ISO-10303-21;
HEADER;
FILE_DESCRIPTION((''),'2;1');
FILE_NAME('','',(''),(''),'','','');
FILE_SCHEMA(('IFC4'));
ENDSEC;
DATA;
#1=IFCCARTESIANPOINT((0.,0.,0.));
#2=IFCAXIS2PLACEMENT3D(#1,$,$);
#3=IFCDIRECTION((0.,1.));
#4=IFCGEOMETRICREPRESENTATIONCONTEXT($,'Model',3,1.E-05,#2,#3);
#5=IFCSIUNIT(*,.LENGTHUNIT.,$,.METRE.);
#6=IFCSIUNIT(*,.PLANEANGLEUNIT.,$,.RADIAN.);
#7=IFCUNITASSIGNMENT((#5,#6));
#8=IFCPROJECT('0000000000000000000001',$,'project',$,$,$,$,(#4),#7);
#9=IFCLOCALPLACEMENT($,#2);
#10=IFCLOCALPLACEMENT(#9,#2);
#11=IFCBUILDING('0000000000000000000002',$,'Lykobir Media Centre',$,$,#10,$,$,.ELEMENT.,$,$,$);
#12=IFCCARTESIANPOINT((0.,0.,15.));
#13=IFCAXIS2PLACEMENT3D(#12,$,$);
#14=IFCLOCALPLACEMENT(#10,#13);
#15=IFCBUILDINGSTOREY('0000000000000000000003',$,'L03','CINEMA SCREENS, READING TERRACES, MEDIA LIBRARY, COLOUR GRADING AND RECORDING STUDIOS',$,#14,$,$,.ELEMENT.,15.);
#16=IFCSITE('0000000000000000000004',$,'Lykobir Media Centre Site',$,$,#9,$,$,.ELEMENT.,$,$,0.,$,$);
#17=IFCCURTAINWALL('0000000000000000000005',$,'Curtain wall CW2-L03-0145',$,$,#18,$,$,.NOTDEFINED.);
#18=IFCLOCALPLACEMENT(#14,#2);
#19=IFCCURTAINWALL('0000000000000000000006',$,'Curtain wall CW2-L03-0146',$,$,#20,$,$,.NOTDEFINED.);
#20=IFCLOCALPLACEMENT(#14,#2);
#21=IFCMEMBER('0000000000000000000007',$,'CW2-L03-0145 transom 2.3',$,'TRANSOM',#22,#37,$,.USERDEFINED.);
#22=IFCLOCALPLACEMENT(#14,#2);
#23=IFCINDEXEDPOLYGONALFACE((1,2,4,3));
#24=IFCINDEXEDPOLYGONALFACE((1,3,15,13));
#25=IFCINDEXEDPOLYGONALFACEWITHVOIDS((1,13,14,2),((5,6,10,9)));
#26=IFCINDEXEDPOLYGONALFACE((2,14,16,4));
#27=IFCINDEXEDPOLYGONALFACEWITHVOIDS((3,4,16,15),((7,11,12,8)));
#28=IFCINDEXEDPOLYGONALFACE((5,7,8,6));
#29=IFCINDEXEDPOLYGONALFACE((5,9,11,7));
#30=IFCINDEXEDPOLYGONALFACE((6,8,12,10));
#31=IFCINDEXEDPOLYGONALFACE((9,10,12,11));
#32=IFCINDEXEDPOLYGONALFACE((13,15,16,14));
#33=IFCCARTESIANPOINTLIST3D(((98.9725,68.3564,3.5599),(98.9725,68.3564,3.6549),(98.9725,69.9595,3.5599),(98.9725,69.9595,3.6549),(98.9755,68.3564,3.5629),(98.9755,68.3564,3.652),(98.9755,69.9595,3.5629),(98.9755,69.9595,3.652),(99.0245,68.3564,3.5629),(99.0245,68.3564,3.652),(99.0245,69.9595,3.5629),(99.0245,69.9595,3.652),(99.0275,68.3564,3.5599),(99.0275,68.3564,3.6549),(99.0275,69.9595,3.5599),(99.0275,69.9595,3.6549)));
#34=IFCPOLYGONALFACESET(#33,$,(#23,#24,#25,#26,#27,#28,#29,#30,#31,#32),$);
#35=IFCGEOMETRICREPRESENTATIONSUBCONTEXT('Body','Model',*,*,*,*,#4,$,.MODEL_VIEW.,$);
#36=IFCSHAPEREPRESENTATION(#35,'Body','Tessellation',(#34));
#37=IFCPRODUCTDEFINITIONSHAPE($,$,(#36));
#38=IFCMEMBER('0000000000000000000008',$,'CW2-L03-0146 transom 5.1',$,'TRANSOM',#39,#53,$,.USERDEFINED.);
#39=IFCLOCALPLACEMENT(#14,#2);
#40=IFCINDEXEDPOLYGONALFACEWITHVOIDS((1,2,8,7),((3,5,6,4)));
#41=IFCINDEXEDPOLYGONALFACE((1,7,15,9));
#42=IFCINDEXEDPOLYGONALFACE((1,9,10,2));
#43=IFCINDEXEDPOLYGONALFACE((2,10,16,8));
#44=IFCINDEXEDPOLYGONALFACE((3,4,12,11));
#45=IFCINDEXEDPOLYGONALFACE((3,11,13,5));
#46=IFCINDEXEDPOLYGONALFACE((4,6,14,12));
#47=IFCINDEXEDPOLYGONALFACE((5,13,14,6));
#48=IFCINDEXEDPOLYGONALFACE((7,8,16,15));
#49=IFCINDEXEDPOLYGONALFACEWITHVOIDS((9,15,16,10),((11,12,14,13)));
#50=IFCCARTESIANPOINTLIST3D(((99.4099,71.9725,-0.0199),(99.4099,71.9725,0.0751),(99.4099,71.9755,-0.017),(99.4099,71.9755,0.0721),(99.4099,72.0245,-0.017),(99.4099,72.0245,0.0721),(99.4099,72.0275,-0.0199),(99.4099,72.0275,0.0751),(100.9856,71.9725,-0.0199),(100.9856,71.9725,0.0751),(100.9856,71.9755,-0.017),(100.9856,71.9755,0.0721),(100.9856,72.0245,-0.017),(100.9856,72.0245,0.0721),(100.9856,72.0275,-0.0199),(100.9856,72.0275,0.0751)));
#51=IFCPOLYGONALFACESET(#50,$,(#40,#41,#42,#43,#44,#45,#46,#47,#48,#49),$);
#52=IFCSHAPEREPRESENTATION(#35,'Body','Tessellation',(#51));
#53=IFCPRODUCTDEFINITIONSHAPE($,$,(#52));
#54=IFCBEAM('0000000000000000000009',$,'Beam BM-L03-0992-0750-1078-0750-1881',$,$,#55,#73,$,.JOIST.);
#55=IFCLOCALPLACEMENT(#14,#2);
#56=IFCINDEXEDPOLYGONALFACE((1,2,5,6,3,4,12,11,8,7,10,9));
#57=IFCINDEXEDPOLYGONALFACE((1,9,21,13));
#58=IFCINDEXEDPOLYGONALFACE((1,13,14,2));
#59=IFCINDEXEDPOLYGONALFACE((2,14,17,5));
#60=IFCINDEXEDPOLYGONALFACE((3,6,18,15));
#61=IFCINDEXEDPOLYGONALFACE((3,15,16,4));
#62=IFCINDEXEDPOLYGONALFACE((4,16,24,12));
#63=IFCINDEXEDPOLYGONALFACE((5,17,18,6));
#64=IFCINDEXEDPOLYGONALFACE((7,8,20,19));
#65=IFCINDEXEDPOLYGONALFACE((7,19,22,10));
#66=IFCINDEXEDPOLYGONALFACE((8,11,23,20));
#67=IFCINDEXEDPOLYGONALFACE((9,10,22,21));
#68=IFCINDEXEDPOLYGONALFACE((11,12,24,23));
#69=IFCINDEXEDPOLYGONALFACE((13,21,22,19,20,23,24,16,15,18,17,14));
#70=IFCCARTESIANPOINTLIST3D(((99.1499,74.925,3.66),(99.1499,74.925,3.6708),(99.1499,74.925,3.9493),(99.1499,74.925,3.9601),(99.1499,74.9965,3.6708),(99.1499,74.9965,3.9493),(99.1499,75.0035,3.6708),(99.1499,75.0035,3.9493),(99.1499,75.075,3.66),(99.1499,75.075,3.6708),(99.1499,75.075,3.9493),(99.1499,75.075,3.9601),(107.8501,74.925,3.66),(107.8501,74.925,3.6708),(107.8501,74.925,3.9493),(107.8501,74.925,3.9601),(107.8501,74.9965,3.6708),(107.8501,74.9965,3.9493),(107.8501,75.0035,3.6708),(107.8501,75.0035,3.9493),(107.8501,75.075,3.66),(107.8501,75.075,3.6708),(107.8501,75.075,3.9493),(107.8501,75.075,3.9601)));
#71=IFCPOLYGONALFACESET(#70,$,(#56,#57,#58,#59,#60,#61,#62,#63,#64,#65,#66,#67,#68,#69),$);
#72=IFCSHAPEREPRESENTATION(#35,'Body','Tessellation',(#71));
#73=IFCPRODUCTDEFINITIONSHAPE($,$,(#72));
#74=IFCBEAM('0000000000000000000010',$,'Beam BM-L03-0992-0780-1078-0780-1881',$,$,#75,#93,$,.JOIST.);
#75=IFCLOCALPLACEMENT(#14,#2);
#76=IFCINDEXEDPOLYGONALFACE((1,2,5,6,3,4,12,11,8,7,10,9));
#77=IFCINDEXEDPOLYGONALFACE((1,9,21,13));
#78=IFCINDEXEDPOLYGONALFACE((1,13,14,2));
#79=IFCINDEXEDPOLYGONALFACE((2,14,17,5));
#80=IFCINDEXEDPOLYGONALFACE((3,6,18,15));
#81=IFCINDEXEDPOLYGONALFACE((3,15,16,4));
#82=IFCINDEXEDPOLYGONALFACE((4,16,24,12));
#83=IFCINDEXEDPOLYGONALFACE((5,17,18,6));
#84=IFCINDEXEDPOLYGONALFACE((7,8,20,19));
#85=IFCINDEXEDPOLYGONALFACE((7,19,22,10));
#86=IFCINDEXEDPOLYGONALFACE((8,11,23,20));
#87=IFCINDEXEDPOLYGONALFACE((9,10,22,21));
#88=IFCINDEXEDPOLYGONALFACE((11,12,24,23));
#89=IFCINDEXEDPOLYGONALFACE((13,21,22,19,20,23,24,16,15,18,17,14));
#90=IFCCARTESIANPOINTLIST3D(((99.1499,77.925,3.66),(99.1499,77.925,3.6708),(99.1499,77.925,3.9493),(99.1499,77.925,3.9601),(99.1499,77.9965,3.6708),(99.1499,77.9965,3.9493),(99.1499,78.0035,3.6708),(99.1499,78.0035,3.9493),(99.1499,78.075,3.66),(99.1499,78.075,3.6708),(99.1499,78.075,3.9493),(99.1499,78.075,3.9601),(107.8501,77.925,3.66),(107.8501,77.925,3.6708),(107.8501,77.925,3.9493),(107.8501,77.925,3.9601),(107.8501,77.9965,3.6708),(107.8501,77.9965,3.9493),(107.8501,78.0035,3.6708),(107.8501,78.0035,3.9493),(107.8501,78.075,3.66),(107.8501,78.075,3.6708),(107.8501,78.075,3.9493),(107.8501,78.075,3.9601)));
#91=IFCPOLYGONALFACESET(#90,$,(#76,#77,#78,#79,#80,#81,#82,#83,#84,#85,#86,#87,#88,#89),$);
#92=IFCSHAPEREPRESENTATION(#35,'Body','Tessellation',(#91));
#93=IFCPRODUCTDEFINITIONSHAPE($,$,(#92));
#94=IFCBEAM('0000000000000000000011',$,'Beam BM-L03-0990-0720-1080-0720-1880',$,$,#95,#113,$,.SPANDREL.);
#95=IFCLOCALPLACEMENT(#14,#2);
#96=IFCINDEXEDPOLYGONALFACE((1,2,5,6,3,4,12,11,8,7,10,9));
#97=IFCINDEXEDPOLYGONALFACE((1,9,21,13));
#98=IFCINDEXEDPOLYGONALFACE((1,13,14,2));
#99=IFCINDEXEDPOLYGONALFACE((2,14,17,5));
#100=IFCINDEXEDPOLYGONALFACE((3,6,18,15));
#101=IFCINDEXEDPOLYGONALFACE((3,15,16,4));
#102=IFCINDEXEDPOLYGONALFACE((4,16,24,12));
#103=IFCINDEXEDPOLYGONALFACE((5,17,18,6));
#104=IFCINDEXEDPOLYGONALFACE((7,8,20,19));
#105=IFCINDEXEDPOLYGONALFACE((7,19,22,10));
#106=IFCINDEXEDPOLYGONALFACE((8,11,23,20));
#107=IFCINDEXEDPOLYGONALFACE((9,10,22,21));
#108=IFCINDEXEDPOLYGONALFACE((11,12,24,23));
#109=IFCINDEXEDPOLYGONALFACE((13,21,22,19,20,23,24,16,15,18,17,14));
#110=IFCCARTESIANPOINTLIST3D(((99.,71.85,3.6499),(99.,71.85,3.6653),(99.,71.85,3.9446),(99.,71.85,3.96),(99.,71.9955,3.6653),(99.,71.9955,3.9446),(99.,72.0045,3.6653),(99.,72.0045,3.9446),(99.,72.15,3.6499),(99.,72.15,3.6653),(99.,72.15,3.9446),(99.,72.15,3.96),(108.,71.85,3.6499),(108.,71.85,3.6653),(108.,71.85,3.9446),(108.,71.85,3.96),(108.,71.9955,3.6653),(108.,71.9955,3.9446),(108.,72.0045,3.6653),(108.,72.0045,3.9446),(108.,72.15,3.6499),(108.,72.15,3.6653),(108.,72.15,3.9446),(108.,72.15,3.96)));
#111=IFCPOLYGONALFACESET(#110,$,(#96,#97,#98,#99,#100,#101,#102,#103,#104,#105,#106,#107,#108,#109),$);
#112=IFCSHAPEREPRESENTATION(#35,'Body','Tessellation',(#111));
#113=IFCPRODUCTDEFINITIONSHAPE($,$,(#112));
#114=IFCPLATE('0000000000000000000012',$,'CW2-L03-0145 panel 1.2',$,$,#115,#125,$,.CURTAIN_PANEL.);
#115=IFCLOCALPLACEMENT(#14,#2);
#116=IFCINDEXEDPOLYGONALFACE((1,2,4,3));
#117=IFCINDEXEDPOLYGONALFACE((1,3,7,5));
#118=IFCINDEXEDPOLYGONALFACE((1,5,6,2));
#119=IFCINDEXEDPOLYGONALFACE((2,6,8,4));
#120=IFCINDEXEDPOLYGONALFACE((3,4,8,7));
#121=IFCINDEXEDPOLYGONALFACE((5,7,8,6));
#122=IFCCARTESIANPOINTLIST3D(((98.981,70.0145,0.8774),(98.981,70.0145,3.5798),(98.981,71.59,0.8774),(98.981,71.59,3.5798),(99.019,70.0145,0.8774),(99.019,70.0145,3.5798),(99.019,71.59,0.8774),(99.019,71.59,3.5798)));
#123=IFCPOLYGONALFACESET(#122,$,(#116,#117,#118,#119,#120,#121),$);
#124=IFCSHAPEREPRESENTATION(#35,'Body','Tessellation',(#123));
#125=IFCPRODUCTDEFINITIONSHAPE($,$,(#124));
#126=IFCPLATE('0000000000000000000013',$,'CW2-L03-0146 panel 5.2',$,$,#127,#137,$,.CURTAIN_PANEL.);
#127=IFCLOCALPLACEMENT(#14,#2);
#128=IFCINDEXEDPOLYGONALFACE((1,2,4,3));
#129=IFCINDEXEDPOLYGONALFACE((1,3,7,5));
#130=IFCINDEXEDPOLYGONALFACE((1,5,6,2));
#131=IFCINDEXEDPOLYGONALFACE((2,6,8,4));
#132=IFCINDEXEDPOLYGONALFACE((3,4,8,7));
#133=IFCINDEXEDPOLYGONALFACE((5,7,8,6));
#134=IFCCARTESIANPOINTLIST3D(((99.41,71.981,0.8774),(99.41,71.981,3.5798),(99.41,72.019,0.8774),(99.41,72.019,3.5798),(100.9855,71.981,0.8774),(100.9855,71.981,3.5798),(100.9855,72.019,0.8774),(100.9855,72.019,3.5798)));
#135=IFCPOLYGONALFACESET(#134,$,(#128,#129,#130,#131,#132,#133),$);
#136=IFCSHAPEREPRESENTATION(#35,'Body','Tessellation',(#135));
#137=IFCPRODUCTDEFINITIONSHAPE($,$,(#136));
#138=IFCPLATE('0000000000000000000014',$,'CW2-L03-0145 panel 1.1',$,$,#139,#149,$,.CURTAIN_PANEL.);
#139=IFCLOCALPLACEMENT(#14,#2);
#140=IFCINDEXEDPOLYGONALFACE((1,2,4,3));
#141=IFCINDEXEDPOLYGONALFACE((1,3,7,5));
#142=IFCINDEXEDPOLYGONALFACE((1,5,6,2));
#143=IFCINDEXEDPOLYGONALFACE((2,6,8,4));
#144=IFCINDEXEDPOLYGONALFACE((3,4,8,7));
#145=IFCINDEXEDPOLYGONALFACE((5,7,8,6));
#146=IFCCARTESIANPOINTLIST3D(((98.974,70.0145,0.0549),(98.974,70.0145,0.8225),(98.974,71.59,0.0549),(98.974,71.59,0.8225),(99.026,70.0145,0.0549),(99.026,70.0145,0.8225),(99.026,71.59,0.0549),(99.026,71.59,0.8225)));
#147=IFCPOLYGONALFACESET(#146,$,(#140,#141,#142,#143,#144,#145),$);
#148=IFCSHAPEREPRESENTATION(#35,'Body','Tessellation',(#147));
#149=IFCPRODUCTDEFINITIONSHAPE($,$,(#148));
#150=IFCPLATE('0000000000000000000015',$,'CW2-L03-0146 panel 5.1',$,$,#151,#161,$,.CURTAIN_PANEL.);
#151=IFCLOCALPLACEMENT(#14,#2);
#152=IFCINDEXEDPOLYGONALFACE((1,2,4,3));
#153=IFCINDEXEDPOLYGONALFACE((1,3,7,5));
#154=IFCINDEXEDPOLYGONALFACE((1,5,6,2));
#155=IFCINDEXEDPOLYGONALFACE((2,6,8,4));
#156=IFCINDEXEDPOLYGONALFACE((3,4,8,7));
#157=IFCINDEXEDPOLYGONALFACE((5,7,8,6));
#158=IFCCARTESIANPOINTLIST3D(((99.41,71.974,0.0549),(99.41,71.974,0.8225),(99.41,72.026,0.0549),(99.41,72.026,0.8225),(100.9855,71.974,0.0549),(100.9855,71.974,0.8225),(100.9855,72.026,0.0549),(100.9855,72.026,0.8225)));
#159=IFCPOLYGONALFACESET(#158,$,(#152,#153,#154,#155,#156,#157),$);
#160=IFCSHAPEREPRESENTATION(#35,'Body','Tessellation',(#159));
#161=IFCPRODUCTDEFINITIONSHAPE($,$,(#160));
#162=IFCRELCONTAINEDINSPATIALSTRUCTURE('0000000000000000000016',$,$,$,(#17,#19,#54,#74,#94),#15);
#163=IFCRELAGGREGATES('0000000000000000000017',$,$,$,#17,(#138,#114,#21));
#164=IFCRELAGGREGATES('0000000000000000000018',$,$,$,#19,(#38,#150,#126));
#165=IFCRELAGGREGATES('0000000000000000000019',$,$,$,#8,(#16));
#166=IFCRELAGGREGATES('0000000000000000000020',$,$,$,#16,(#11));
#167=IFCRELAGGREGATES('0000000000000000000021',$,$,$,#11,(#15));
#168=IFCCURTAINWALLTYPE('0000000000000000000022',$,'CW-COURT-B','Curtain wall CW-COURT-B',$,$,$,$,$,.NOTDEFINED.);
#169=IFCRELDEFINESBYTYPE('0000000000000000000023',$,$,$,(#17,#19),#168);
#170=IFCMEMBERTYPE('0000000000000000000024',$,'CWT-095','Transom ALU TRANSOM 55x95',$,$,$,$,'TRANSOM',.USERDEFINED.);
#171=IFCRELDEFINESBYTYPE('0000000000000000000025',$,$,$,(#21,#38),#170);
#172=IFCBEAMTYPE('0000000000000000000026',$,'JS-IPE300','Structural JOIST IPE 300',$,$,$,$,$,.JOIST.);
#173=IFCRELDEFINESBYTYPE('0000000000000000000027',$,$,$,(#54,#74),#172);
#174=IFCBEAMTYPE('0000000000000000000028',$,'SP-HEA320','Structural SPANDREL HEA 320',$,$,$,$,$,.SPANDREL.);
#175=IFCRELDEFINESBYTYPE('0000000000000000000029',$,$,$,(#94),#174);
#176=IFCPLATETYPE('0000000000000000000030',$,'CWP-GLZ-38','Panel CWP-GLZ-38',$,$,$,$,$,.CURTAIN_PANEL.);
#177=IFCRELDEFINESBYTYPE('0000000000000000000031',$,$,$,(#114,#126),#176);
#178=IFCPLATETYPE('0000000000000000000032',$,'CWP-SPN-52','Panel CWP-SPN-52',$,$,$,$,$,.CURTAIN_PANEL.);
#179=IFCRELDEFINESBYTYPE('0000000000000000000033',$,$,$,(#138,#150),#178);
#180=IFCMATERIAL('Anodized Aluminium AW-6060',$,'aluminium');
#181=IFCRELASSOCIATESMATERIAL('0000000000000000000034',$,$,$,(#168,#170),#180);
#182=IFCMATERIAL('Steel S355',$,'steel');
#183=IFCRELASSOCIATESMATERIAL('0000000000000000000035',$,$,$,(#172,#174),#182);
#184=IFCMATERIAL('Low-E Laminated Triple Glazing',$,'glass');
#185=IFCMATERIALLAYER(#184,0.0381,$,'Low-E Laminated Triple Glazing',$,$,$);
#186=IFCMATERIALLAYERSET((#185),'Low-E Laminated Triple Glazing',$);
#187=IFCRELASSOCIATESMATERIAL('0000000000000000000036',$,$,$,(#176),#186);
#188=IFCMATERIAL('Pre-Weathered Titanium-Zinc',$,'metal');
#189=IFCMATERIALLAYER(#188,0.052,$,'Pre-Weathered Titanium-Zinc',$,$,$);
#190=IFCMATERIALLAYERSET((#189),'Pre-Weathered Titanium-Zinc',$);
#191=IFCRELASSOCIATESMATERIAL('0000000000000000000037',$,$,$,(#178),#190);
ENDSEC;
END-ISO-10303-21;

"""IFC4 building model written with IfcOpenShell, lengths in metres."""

from ifc_helpers import new_model, si_unit, direction, frame, origin, origin_2d, place, context, subcontext, project, spatial, rectangle, hollow_rectangle, i_section, extrude, material, layer, layer_set, material_profile, profile_set, type_object, element, aggregate, save


model = new_model("IFC4")

# Units and contexts
model_context = context("Model", 3, precision=1e-05, world=origin(), true_north=direction((0.0, 1.0)))
body_context = subcontext(model_context, "Body", "Model", "MODEL_VIEW")
ifc_project = project(units=[si_unit("LENGTHUNIT", "METRE"), si_unit("PLANEANGLEUNIT", "RADIAN")], contexts=[model_context])

# Site, building, storey
site_placement = place(None, origin())
site = spatial("IfcSite", under=ifc_project, at=site_placement, Name="Lykobir Media Centre Site", CompositionType="ELEMENT", RefElevation=0.0)
building_placement = place(site_placement, origin())
building = spatial("IfcBuilding", under=site, at=building_placement, Name="Lykobir Media Centre", CompositionType="ELEMENT")
storey_placement = place(building_placement, frame((0.0, 0.0, 15.0)))
storey = spatial("IfcBuildingStorey", under=building, at=storey_placement, Name="L03", Description="CINEMA SCREENS, READING TERRACES, MEDIA LIBRARY, COLOUR GRADING AND RECORDING STUDIOS", CompositionType="ELEMENT", Elevation=15.0)

# Shared definitions
ifc_material_1 = material(Name="Steel S355", Category="steel")

# Curtain wall
ifc_material_2 = material(Name="Anodized Aluminium AW-6060", Category="aluminium")
curtain_wall_type = type_object("IfcCurtainWallType", Name="CW-COURT-B", Description="Curtain wall CW-COURT-B", PredefinedType="NOTDEFINED", material=ifc_material_2)
curtain_wall_1_placement = place(storey_placement, origin())
curtain_wall_1 = element("IfcCurtainWall", 1, at=curtain_wall_1_placement, inside=storey, type_object=curtain_wall_type, Name="Curtain wall CW2-L03-0145", PredefinedType="NOTDEFINED")

# Curtain wall
curtain_wall_2_placement = place(storey_placement, origin())
curtain_wall_2 = element("IfcCurtainWall", 2, at=curtain_wall_2_placement, inside=storey, type_object=curtain_wall_type, Name="Curtain wall CW2-L03-0146", PredefinedType="NOTDEFINED")

# Members
ifc_material_profile_1 = material_profile(ifc_material_2, hollow_rectangle(XDim=0.0549, YDim=0.095, WallThickness=0.0029, at=origin_2d()), Name="ALU TRANSOM 55x95")
ifc_profile_set_1 = profile_set([ifc_material_profile_1], Name="Anodized Aluminium AW-6060")
member_type_1 = type_object("IfcMemberType", Name="CWT-095", Description="Transom ALU TRANSOM 55x95", ElementType="TRANSOM", PredefinedType="USERDEFINED", material=ifc_profile_set_1)
member_1_placement = place(storey_placement, frame((99.0, 69.9595, 3.6074), z_axis=(0.0, -1.0, 0.0), x_axis=(1.0, 0.0, 0.0)))
member_1 = element("IfcMember", 3, at=member_1_placement, type_object=member_type_1, Name="CW2-L03-0145 transom 2.3", ObjectType="TRANSOM", PredefinedType="USERDEFINED", context=body_context, shape_type="SweptSolid", body=[
    extrude(hollow_rectangle(XDim=0.0549, YDim=0.095, WallThickness=0.0029, at=origin_2d()), origin(), (0.0, 0.0, 1.0), 1.603),
])
member_2_placement = place(storey_placement, frame((100.9856, 72.0, 0.0276), z_axis=(-1.0, 0.0, 0.0), x_axis=(0.0, -1.0, 0.0)))
member_2 = element("IfcMember", 4, at=member_2_placement, type_object=member_type_1, Name="CW2-L03-0146 transom 5.1", ObjectType="TRANSOM", PredefinedType="USERDEFINED", context=body_context, shape_type="SweptSolid", body=[
    extrude(hollow_rectangle(XDim=0.0549, YDim=0.095, WallThickness=0.0029, at=origin_2d()), origin(), (0.0, 0.0, 1.0), 1.5757),
])

# Beams
ifc_material_profile_2 = material_profile(ifc_material_1, i_section(OverallWidth=0.1499, OverallDepth=0.3, WebThickness=0.0071, FlangeThickness=0.0107, at=origin_2d()), Name="IPE 300")
ifc_profile_set_2 = profile_set([ifc_material_profile_2], Name="Steel S355")
beam_type_1 = type_object("IfcBeamType", Name="JS-IPE300", Description="Structural JOIST IPE 300", PredefinedType="JOIST", material=ifc_profile_set_2)
for number, where, z_axis, x_axis, name in (
    (5, (99.1499, 75.0, 3.8101), (1.0, 0.0, 0.0), (0.0, 1.0, 0.0), "Beam BM-L03-0992-0750-1078-0750-1881"),
    (6, (99.1499, 78.0, 3.8101), (1.0, 0.0, 0.0), (0.0, 1.0, 0.0), "Beam BM-L03-0992-0780-1078-0780-1881"),
):
    element("IfcBeam", number, at=place(storey_placement, frame(where, z_axis=z_axis, x_axis=x_axis)), inside=storey, type_object=beam_type_1, Name=name, PredefinedType="JOIST", context=body_context, shape_type="SweptSolid", body=[
        extrude(i_section(OverallWidth=0.1499, OverallDepth=0.3, WebThickness=0.0071, FlangeThickness=0.0107, at=origin_2d()), origin(), (0.0, 0.0, 1.0), 8.7002),
    ])
ifc_material_profile_3 = material_profile(ifc_material_1, i_section(OverallWidth=0.3, OverallDepth=0.3101, WebThickness=0.009, FlangeThickness=0.0154, at=origin_2d()), Name="HEA 320")
ifc_profile_set_3 = profile_set([ifc_material_profile_3], Name="Steel S355")
beam_type_2 = type_object("IfcBeamType", Name="SP-HEA320", Description="Structural SPANDREL HEA 320", PredefinedType="SPANDREL", material=ifc_profile_set_3)
beam_1_placement = place(storey_placement, frame((99.0, 72.0, 3.8049), z_axis=(1.0, 0.0, 0.0), x_axis=(0.0, 1.0, 0.0)))
element("IfcBeam", 7, at=beam_1_placement, inside=storey, type_object=beam_type_2, Name="Beam BM-L03-0990-0720-1080-0720-1880", PredefinedType="SPANDREL", context=body_context, shape_type="SweptSolid", body=[
    extrude(i_section(OverallWidth=0.3, OverallDepth=0.3101, WebThickness=0.009, FlangeThickness=0.0154, at=origin_2d()), origin(), (0.0, 0.0, 1.0), 9.0),
])

# Plates
ifc_material_3 = material(Name="Low-E Laminated Triple Glazing", Category="glass")
ifc_layer_1 = layer(ifc_material_3, 0.0381, Name="Low-E Laminated Triple Glazing")
ifc_layer_set_1 = layer_set([ifc_layer_1], Name="Low-E Laminated Triple Glazing")
plate_type_1 = type_object("IfcPlateType", Name="CWP-GLZ-38", Description="Panel CWP-GLZ-38", PredefinedType="CURTAIN_PANEL", material=ifc_layer_set_1)
plate_1_placement = place(storey_placement, frame((99.0, 70.8022, 0.8774), z_axis=(0.0, 0.0, 1.0), x_axis=(0.0, -1.0, 0.0)))
plate_1 = element("IfcPlate", 8, at=plate_1_placement, type_object=plate_type_1, Name="CW2-L03-0145 panel 1.2", PredefinedType="CURTAIN_PANEL", context=body_context, shape_type="SweptSolid", body=[
    extrude(rectangle(XDim=1.5754, YDim=0.0381, at=origin_2d()), origin(), (0.0, 0.0, 1.0), 2.7024),
])
plate_2_placement = place(storey_placement, frame((100.1978, 72.0, 0.8774), z_axis=(0.0, 0.0, 1.0), x_axis=(-1.0, 0.0, 0.0)))
plate_2 = element("IfcPlate", 9, at=plate_2_placement, type_object=plate_type_1, Name="CW2-L03-0146 panel 5.2", PredefinedType="CURTAIN_PANEL", context=body_context, shape_type="SweptSolid", body=[
    extrude(rectangle(XDim=1.5754, YDim=0.0381, at=origin_2d()), origin(), (0.0, 0.0, 1.0), 2.7024),
])
ifc_material_4 = material(Name="Pre-Weathered Titanium-Zinc", Category="metal")
ifc_layer_2 = layer(ifc_material_4, 0.052, Name="Pre-Weathered Titanium-Zinc")
ifc_layer_set_2 = layer_set([ifc_layer_2], Name="Pre-Weathered Titanium-Zinc")
plate_type_2 = type_object("IfcPlateType", Name="CWP-SPN-52", Description="Panel CWP-SPN-52", PredefinedType="CURTAIN_PANEL", material=ifc_layer_set_2)
plate_3_placement = place(storey_placement, frame((99.0, 70.8022, 0.0549), z_axis=(0.0, 0.0, 1.0), x_axis=(0.0, -1.0, 0.0)))
plate_3 = element("IfcPlate", 10, at=plate_3_placement, type_object=plate_type_2, Name="CW2-L03-0145 panel 1.1", PredefinedType="CURTAIN_PANEL", context=body_context, shape_type="SweptSolid", body=[
    extrude(rectangle(XDim=1.5754, YDim=0.052, at=origin_2d()), origin(), (0.0, 0.0, 1.0), 0.7676),
])
aggregate(curtain_wall_1, [plate_3, plate_1, member_1])
plate_4_placement = place(storey_placement, frame((100.1978, 72.0, 0.0549), z_axis=(0.0, 0.0, 1.0), x_axis=(-1.0, 0.0, 0.0)))
plate_4 = element("IfcPlate", 11, at=plate_4_placement, type_object=plate_type_2, Name="CW2-L03-0146 panel 5.1", PredefinedType="CURTAIN_PANEL", context=body_context, shape_type="SweptSolid", body=[
    extrude(rectangle(XDim=1.5754, YDim=0.052, at=origin_2d()), origin(), (0.0, 0.0, 1.0), 0.7676),
])
aggregate(curtain_wall_2, [member_2, plate_4, plate_2])

save(model, "model.ifc")
